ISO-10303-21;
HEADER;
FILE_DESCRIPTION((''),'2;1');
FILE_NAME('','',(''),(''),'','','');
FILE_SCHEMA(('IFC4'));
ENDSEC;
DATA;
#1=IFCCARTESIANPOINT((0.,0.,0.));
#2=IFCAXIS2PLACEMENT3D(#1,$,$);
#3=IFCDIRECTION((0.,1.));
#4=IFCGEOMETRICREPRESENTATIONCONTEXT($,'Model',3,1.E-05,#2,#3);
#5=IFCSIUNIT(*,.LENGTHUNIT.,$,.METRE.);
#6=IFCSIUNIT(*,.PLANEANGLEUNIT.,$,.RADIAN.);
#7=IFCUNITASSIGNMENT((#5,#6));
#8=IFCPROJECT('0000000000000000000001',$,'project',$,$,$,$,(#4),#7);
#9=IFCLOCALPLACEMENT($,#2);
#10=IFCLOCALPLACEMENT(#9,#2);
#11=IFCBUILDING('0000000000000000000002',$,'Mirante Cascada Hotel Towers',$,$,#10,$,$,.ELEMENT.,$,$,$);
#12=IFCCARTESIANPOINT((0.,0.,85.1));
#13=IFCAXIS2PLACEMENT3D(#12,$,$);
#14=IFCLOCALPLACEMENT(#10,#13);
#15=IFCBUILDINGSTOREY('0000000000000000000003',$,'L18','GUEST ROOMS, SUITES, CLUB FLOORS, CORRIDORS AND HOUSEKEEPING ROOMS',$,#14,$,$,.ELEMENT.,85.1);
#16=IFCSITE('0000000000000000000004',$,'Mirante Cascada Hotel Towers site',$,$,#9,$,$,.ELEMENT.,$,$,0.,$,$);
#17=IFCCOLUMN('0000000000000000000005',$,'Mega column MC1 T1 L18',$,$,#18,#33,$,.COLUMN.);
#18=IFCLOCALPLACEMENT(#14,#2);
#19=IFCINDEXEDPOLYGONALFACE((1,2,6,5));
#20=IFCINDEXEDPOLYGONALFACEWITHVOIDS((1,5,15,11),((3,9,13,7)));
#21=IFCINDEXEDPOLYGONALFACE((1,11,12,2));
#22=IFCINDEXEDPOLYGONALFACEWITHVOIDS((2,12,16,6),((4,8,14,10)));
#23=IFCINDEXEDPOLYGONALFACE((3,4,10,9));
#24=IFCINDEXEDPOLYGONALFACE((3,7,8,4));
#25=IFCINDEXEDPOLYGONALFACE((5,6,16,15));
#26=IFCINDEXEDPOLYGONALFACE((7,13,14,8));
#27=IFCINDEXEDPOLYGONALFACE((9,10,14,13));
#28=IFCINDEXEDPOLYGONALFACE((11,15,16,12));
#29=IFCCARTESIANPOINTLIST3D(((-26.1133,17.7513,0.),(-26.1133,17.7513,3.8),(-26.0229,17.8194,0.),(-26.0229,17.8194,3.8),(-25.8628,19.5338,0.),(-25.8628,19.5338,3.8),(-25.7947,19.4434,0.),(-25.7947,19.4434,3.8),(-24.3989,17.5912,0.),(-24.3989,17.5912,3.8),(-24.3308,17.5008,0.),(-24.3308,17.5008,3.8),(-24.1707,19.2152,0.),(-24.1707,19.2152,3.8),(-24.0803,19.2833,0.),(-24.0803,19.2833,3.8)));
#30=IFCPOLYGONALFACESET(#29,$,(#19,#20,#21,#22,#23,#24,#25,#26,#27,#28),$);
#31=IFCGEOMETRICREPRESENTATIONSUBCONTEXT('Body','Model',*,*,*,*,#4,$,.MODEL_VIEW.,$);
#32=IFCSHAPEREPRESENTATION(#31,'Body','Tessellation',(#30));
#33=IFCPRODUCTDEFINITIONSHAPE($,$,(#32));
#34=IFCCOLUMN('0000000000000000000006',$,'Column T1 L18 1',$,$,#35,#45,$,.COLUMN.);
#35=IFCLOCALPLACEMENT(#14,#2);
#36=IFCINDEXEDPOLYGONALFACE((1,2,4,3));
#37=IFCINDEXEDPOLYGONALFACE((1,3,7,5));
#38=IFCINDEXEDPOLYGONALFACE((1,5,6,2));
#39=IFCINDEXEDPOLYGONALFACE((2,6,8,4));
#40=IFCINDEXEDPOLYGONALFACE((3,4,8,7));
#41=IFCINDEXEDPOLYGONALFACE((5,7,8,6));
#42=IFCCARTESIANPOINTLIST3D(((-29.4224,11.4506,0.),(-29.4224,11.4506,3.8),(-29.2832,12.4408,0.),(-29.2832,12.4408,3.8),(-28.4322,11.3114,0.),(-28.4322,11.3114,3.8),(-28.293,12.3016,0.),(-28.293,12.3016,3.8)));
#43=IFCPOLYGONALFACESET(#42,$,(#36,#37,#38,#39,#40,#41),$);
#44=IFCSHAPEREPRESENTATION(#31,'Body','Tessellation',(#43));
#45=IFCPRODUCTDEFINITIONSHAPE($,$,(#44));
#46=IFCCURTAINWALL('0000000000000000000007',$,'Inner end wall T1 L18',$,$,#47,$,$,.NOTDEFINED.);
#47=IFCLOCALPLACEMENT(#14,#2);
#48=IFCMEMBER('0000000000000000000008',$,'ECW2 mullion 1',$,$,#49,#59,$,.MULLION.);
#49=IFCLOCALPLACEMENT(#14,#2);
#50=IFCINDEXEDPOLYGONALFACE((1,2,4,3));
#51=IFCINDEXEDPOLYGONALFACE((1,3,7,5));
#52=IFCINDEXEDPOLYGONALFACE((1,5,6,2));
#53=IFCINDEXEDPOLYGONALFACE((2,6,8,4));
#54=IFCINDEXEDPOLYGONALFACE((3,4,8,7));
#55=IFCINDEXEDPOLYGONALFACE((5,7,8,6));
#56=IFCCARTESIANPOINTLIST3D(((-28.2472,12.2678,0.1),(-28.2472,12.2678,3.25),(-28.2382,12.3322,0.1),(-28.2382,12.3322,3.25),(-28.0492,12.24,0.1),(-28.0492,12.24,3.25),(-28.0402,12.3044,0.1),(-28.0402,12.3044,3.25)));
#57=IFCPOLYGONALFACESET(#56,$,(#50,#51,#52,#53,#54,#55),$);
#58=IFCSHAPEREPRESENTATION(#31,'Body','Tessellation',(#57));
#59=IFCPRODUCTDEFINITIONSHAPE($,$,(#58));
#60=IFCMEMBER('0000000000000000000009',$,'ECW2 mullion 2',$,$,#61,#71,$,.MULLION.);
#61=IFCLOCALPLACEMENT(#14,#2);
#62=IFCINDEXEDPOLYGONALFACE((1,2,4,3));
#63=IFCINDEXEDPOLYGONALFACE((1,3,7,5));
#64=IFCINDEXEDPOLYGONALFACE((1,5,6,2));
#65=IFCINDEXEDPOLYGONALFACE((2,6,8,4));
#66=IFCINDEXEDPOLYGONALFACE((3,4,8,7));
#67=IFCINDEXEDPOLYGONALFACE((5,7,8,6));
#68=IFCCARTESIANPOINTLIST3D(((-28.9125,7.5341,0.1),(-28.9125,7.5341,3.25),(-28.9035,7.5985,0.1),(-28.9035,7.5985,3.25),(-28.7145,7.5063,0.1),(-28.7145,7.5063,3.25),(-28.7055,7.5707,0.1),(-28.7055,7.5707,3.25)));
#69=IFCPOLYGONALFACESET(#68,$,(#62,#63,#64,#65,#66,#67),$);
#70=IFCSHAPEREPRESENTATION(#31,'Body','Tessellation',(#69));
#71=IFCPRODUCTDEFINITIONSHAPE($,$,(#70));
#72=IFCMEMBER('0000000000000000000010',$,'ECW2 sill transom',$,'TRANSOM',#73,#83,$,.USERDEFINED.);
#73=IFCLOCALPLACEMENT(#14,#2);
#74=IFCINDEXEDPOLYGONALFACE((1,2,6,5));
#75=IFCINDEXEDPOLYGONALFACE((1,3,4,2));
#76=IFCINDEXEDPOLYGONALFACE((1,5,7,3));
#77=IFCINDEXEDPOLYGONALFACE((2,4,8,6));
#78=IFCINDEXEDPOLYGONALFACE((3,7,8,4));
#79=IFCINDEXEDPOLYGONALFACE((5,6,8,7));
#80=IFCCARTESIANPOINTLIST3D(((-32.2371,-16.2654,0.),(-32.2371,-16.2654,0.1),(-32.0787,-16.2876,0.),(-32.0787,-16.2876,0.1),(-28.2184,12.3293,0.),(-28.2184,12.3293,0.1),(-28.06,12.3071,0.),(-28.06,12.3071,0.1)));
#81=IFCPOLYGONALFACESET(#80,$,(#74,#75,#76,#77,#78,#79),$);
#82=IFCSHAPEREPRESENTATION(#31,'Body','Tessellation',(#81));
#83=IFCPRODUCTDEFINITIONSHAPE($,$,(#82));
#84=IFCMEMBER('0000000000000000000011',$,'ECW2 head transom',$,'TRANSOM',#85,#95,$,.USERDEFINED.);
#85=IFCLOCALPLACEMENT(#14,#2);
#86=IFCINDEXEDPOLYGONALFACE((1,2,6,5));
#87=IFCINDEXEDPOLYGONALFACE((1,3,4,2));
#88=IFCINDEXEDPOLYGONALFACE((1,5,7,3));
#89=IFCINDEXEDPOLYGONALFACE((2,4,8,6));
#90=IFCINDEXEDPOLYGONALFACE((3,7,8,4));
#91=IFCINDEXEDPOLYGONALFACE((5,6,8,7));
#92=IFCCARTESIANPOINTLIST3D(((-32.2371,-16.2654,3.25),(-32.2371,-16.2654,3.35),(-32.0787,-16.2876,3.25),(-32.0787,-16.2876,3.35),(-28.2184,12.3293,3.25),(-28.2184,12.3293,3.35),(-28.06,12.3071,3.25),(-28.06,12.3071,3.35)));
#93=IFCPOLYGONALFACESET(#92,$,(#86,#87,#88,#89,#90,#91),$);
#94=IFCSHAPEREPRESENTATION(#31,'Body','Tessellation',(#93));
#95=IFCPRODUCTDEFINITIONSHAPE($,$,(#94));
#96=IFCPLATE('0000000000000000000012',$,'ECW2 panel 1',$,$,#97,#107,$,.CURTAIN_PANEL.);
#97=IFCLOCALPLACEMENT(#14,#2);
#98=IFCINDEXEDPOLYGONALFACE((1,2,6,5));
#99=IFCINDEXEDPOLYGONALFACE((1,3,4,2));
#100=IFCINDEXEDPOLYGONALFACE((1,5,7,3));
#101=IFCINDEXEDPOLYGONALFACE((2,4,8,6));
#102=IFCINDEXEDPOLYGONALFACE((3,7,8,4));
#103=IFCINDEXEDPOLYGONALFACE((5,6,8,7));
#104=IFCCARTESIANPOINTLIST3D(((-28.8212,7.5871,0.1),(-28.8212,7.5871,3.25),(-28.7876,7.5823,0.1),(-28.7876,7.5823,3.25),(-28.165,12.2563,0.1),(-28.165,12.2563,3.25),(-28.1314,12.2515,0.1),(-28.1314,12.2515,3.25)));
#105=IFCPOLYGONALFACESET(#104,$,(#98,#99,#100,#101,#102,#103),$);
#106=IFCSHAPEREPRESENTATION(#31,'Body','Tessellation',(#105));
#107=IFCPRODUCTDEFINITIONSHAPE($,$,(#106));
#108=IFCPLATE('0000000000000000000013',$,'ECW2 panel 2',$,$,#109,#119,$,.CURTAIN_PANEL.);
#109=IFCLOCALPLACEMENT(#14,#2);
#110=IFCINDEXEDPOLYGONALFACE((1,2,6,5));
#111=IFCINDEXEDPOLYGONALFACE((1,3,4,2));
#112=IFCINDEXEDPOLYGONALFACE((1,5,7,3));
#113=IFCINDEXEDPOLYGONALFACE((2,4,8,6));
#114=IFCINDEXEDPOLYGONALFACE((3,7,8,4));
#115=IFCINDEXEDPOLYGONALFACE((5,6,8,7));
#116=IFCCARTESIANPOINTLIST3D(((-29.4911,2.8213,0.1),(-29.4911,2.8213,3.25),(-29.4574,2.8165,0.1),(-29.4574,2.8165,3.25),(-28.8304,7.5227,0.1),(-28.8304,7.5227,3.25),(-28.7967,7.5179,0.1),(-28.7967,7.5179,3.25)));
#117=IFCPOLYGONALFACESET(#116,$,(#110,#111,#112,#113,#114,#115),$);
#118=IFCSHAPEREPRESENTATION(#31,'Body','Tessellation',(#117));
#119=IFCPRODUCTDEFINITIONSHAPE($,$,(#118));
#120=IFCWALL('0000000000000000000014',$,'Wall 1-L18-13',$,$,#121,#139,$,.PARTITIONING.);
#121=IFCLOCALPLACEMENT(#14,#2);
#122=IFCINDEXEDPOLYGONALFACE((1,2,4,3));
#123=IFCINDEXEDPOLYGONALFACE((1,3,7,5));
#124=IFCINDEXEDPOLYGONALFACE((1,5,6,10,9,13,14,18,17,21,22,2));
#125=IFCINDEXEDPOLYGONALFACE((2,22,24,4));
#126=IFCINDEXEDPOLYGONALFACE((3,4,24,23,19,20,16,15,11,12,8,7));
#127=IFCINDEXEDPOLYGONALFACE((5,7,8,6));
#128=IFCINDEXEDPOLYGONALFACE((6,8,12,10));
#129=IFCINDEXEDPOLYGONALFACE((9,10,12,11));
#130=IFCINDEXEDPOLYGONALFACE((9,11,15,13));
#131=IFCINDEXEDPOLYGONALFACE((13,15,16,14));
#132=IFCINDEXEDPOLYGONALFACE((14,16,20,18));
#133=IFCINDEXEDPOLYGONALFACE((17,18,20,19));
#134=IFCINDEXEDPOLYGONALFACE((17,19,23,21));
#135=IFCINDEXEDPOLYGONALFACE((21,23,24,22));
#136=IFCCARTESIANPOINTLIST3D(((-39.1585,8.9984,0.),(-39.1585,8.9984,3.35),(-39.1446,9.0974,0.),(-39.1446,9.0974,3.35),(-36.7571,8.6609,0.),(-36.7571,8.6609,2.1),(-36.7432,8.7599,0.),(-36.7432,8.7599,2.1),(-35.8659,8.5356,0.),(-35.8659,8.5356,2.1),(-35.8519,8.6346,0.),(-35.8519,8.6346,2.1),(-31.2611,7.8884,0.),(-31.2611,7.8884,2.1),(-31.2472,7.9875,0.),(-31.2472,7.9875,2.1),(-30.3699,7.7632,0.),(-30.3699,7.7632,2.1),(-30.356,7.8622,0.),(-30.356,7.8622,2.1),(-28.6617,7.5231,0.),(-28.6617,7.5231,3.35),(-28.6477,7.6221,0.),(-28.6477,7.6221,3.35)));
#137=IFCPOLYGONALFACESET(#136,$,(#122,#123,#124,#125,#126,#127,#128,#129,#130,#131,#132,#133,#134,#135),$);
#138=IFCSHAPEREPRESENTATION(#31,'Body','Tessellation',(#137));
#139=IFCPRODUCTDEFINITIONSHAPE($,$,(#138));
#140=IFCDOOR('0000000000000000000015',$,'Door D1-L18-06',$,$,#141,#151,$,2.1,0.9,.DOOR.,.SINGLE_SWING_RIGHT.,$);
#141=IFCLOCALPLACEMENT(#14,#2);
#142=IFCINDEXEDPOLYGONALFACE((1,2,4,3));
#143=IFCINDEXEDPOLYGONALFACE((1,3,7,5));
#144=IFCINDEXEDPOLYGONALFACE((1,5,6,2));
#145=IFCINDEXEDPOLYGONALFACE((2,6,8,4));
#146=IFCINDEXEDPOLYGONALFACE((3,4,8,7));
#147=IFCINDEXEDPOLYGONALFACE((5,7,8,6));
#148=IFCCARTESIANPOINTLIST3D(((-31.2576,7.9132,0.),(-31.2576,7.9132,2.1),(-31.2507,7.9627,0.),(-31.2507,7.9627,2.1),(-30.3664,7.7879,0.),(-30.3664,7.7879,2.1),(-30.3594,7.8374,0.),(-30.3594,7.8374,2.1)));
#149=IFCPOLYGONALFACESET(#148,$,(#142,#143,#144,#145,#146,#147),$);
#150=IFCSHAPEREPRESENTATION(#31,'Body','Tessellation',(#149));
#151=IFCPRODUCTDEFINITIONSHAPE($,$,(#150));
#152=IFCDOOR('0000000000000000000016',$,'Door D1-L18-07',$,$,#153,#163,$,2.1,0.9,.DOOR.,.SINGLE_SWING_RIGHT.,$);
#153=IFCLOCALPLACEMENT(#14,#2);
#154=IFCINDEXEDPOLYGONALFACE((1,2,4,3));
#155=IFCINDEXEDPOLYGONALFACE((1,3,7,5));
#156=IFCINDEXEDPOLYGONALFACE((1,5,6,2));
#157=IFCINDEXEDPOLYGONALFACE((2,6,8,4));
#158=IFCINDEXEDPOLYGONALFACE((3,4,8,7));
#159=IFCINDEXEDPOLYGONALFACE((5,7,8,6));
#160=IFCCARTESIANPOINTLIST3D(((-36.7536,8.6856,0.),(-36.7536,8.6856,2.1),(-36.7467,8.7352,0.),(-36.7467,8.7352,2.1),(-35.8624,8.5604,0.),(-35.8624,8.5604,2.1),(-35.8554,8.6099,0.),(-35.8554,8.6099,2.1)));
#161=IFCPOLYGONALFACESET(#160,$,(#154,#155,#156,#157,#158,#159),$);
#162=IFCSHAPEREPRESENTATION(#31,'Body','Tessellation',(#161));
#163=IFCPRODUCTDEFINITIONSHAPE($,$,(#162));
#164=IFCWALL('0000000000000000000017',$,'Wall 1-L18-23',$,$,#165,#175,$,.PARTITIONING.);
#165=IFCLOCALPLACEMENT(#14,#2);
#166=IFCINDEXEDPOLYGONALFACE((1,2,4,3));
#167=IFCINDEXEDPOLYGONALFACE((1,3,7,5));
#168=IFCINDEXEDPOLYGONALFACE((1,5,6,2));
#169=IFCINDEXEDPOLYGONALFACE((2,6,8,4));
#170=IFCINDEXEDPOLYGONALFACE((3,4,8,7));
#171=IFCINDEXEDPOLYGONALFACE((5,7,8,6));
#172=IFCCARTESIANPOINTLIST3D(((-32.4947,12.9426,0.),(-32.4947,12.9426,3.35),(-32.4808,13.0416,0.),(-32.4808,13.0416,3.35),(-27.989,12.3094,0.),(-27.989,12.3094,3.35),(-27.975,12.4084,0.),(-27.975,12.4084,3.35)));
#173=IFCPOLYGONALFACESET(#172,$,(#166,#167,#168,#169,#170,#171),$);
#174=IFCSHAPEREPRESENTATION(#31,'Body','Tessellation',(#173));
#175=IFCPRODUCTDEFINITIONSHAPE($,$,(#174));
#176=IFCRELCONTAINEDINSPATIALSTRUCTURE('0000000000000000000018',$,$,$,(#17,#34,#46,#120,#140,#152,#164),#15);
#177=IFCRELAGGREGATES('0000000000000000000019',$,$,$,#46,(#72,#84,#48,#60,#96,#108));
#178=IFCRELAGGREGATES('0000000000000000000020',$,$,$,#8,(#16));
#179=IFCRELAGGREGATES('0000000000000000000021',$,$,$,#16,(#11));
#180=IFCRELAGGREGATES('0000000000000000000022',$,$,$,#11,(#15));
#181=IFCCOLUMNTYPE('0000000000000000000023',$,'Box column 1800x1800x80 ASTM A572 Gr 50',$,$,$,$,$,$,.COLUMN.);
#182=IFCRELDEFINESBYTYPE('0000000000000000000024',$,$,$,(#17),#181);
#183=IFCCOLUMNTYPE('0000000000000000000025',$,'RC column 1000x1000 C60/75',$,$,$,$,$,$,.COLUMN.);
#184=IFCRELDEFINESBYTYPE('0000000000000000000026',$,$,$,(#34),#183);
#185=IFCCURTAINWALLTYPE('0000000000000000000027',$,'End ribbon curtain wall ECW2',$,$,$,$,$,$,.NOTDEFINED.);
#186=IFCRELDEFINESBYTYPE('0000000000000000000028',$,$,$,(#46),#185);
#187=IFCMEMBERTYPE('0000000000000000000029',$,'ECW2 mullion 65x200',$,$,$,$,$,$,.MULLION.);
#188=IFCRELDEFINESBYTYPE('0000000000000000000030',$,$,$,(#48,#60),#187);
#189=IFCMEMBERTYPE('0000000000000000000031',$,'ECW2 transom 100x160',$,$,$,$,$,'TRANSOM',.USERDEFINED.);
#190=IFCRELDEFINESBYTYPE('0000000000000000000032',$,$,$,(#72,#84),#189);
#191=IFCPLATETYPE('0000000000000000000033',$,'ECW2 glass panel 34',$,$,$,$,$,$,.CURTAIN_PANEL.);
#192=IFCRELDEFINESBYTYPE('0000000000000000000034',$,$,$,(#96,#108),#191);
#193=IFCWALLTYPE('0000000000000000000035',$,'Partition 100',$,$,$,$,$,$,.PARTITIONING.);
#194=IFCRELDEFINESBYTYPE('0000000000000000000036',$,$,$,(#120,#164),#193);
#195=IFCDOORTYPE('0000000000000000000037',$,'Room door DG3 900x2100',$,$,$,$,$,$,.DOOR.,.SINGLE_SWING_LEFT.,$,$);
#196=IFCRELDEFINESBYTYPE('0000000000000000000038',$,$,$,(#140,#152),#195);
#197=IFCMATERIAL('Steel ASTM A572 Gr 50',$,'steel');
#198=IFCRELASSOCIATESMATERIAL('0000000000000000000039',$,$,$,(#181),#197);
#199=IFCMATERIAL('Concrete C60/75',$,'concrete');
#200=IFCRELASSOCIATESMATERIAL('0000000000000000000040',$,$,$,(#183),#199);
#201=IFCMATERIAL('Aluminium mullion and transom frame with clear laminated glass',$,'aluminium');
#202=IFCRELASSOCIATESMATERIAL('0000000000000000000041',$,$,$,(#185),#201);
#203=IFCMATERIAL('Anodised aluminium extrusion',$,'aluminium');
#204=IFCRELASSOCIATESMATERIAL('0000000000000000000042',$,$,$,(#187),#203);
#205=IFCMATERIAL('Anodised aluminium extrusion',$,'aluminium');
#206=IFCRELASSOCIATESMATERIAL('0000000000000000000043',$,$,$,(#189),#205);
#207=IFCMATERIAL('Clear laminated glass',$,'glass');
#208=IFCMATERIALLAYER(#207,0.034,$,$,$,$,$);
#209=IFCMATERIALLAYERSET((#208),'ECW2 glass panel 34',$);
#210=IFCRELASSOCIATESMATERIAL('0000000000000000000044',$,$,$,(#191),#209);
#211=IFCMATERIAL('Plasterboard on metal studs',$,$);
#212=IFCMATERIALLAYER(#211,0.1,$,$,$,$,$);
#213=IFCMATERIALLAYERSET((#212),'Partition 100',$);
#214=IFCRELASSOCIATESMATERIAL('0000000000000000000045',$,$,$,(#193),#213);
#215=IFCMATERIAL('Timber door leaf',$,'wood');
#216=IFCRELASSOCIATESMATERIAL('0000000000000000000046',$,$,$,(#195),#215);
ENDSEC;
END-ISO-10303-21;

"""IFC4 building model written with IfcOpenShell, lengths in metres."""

from ifc_helpers import new_model, si_unit, direction, frame, frame_2d, origin, origin_2d, place, context, subcontext, project, spatial, rectangle, hollow_rectangle, extrude, material, layer, layer_set, material_profile, profile_set, type_object, element, fill, aggregate, save


model = new_model("IFC4")

# Units and contexts
model_context = context("Model", 3, precision=1e-05, world=origin(), true_north=direction((0.0, 1.0)))
body_context = subcontext(model_context, "Body", "Model", "MODEL_VIEW")
ifc_project = project(units=[si_unit("LENGTHUNIT", "METRE"), si_unit("PLANEANGLEUNIT", "RADIAN")], contexts=[model_context])

# Site, building, storey
site_placement = place(None, origin())
site = spatial("IfcSite", under=ifc_project, at=site_placement, Name="Mirante Cascada Hotel Towers site", CompositionType="ELEMENT", RefElevation=0.0)
building_placement = place(site_placement, origin())
building = spatial("IfcBuilding", under=site, at=building_placement, Name="Mirante Cascada Hotel Towers", CompositionType="ELEMENT")
storey_placement = place(building_placement, frame((0.0, 0.0, 85.1)))
storey = spatial("IfcBuildingStorey", under=building, at=storey_placement, Name="L18", Description="GUEST ROOMS, SUITES, CLUB FLOORS, CORRIDORS AND HOUSEKEEPING ROOMS", CompositionType="ELEMENT", Elevation=85.1)

# Columns
ifc_material_1 = material(Name="Steel ASTM A572 Gr 50", Category="steel")
ifc_material_profile_1 = material_profile(ifc_material_1, hollow_rectangle(XDim=1.8, YDim=1.8, WallThickness=0.08, at=origin_2d()), Name="Box column 1800x1800x80 ASTM A572 Gr 50")
ifc_profile_set_1 = profile_set([ifc_material_profile_1], Name="Steel ASTM A572 Gr 50")
column_type_1 = type_object("IfcColumnType", Name="Box column 1800x1800x80 ASTM A572 Gr 50", PredefinedType="COLUMN", material=ifc_profile_set_1)
column_1_placement = place(storey_placement, frame((-25.0968, 18.5173, 0.0), z_axis=(0.0, 0.0, 1.0), x_axis=(-0.990268, 0.139173, 0.0)))
element("IfcColumn", 1, at=column_1_placement, inside=storey, type_object=column_type_1, Name="Mega column MC1 T1 L18", PredefinedType="COLUMN", context=body_context, shape_type="SweptSolid", body=[
    extrude(hollow_rectangle(XDim=1.8, YDim=1.8, WallThickness=0.08, at=origin_2d()), origin(), (0.0, 0.0, 1.0), 3.8),
])
ifc_material_2 = material(Name="Concrete C60/75", Category="concrete")
ifc_material_profile_2 = material_profile(ifc_material_2, rectangle(XDim=1.0, YDim=1.0, at=origin_2d()), Name="RC column 1000x1000 C60/75")
ifc_profile_set_2 = profile_set([ifc_material_profile_2], Name="Concrete C60/75")
column_type_2 = type_object("IfcColumnType", Name="RC column 1000x1000 C60/75", PredefinedType="COLUMN", material=ifc_profile_set_2)
column_2_placement = place(storey_placement, frame((-28.8577, 11.8761, 0.0), z_axis=(0.0, 0.0, 1.0), x_axis=(-0.990268, 0.139173, 0.0)))
element("IfcColumn", 2, at=column_2_placement, inside=storey, type_object=column_type_2, Name="Column T1 L18 1", PredefinedType="COLUMN", context=body_context, shape_type="SweptSolid", body=[
    extrude(rectangle(XDim=1.0, YDim=1.0, at=origin_2d()), origin(), (0.0, 0.0, 1.0), 3.8),
])

# Curtain wall, members, plates
ifc_material_3 = material(Name="Aluminium mullion and transom frame with clear laminated glass", Category="aluminium")
curtain_wall_type = type_object("IfcCurtainWallType", Name="End ribbon curtain wall ECW2", PredefinedType="NOTDEFINED", material=ifc_material_3)
curtain_wall_placement = place(storey_placement, origin())
curtain_wall = element("IfcCurtainWall", 3, at=curtain_wall_placement, inside=storey, type_object=curtain_wall_type, Name="Inner end wall T1 L18", PredefinedType="NOTDEFINED")
ifc_material_4 = material(Name="Anodised aluminium extrusion", Category="aluminium")
ifc_material_profile_3 = material_profile(ifc_material_4, rectangle(XDim=0.2, YDim=0.065, at=origin_2d()), Name="ECW2 MULLION 65x200")
ifc_profile_set_3 = profile_set([ifc_material_profile_3], Name="Anodised aluminium extrusion")
member_type_1 = type_object("IfcMemberType", Name="ECW2 mullion 65x200", PredefinedType="MULLION", material=ifc_profile_set_3)
member_1_placement = place(storey_placement, frame((-28.1437, 12.2861, 0.1), z_axis=(0.0, 0.0, 1.0), x_axis=(0.990268, -0.139173, 0.0)))
member_1 = element("IfcMember", 4, at=member_1_placement, type_object=member_type_1, Name="ECW2 mullion 1", PredefinedType="MULLION", context=body_context, shape_type="SweptSolid", body=[
    extrude(rectangle(XDim=0.2, YDim=0.065, at=origin_2d()), origin(), (0.0, 0.0, 1.0), 3.15),
])
member_2_placement = place(storey_placement, frame((-28.809, 7.5524, 0.1), z_axis=(0.0, 0.0, 1.0), x_axis=(0.990268, -0.139173, 0.0)))
member_2 = element("IfcMember", 5, at=member_2_placement, type_object=member_type_1, Name="ECW2 mullion 2", PredefinedType="MULLION", context=body_context, shape_type="SweptSolid", body=[
    extrude(rectangle(XDim=0.2, YDim=0.065, at=origin_2d()), origin(), (0.0, 0.0, 1.0), 3.15),
])
ifc_material_5 = material(Name="Anodised aluminium extrusion", Category="aluminium")
ifc_material_profile_4 = material_profile(ifc_material_5, rectangle(XDim=0.16, YDim=0.1, at=origin_2d()), Name="ECW2 TRANSOM 100x160")
ifc_profile_set_4 = profile_set([ifc_material_profile_4], Name="Anodised aluminium extrusion")
member_type_2 = type_object("IfcMemberType", Name="ECW2 transom 100x160", ElementType="TRANSOM", PredefinedType="USERDEFINED", material=ifc_profile_set_4)
member_3_placement = place(storey_placement, frame((-28.1392, 12.3182, 0.05), z_axis=(-0.139172, -0.990268, 0.0), x_axis=(0.990268, -0.139172, 0.0)))
member_3 = element("IfcMember", 6, at=member_3_placement, type_object=member_type_2, Name="ECW2 sill transom", ObjectType="TRANSOM", PredefinedType="USERDEFINED", context=body_context, shape_type="SweptSolid", body=[
    extrude(rectangle(XDim=0.16, YDim=0.1, at=origin_2d()), origin(), (0.0, 0.0, 1.0), 28.8757),
])
member_4_placement = place(storey_placement, frame((-28.1392, 12.3182, 3.3), z_axis=(-0.139172, -0.990268, 0.0), x_axis=(0.990268, -0.139172, 0.0)))
member_4 = element("IfcMember", 7, at=member_4_placement, type_object=member_type_2, Name="ECW2 head transom", ObjectType="TRANSOM", PredefinedType="USERDEFINED", context=body_context, shape_type="SweptSolid", body=[
    extrude(rectangle(XDim=0.16, YDim=0.1, at=origin_2d()), origin(), (0.0, 0.0, 1.0), 28.8757),
])
ifc_material_6 = material(Name="Clear laminated glass", Category="glass")
ifc_layer_1 = layer(ifc_material_6, 0.034)
ifc_layer_set_1 = layer_set([ifc_layer_1], Name="ECW2 glass panel 34")
plate_type = type_object("IfcPlateType", Name="ECW2 glass panel 34", PredefinedType="CURTAIN_PANEL", material=ifc_layer_set_1)
plate_1_placement = place(storey_placement, frame((-28.4763, 9.9193, 0.1), z_axis=(0.0, 0.0, 1.0), x_axis=(-0.139173, -0.990268, 0.0)))
plate_1 = element("IfcPlate", 8, at=plate_1_placement, type_object=plate_type, Name="ECW2 panel 1", PredefinedType="CURTAIN_PANEL", context=body_context, shape_type="SweptSolid", body=[
    extrude(rectangle(XDim=4.7151, YDim=0.034, at=origin_2d()), origin(), (0.0, 0.0, 1.0), 3.15),
])
plate_2_placement = place(storey_placement, frame((-29.1439, 5.1696, 0.1), z_axis=(0.0, 0.0, 1.0), x_axis=(-0.139173, -0.990268, 0.0)))
plate_2 = element("IfcPlate", 9, at=plate_2_placement, type_object=plate_type, Name="ECW2 panel 2", PredefinedType="CURTAIN_PANEL", context=body_context, shape_type="SweptSolid", body=[
    extrude(rectangle(XDim=4.7476, YDim=0.034, at=origin_2d()), origin(), (0.0, 0.0, 1.0), 3.15),
])
aggregate(curtain_wall, [member_3, member_4, member_1, member_2, plate_1, plate_2])

# Wall, openings, doors
ifc_material_7 = material(Name="Plasterboard on metal studs")
ifc_layer_2 = layer(ifc_material_7, 0.1)
ifc_layer_set_2 = layer_set([ifc_layer_2], Name="Partition 100")
wall_type = type_object("IfcWallType", Name="Partition 100", PredefinedType="PARTITIONING", material=ifc_layer_set_2)
wall_1_placement = place(storey_placement, frame((-28.6547, 7.5726, 0.0), z_axis=(0.0, 0.0, 1.0), x_axis=(-0.990267, 0.13918, 0.0)))
wall_1 = element("IfcWall", 10, at=wall_1_placement, inside=storey, type_object=wall_type, Name="Wall 1-L18-13", PredefinedType="PARTITIONING", context=body_context, shape_type="SweptSolid", body=[
    extrude(rectangle(XDim=10.6, YDim=0.1, at=frame_2d((5.3, 0.0))), origin(), (0.0, 0.0, 1.0), 3.35),
])
opening_1_placement = place(wall_1_placement, frame((1.725, 0.0, 0.0)))
opening_1 = element("IfcOpeningElement", 11, at=opening_1_placement, cuts=wall_1, PredefinedType="OPENING", context=body_context, shape_type="SweptSolid", body=[
    extrude(rectangle(XDim=0.9, YDim=2.1, at=frame_2d((0.45, 1.05))), frame((0.0, 0.05, 0.0), z_axis=(0.0, -1.0, 0.0), x_axis=(1.0, 0.0, 0.0)), (0.0, 0.0, 1.0), 0.1),
])
opening_2_placement = place(wall_1_placement, frame((7.275, 0.0, 0.0)))
opening_2 = element("IfcOpeningElement", 12, at=opening_2_placement, cuts=wall_1, PredefinedType="OPENING", context=body_context, shape_type="SweptSolid", body=[
    extrude(rectangle(XDim=0.9, YDim=2.1, at=frame_2d((0.45, 1.05))), frame((0.0, 0.05, 0.0), z_axis=(0.0, -1.0, 0.0), x_axis=(1.0, 0.0, 0.0)), (0.0, 0.0, 1.0), 0.1),
])
ifc_material_8 = material(Name="Timber door leaf", Category="wood")
door_type = type_object("IfcDoorType", Name="Room door DG3 900x2100", OperationType="SINGLE_SWING_LEFT", PredefinedType="DOOR", material=ifc_material_8)
door_1_placement = place(opening_1_placement, frame((0.9, 0.0, 0.0), z_axis=(0.0, 0.0, 1.0), x_axis=(-1.0, 0.0, 0.0)))
door_1 = element("IfcDoor", 13, at=door_1_placement, inside=storey, type_object=door_type, Name="Door D1-L18-06", OperationType="SINGLE_SWING_RIGHT", OverallHeight=2.1, OverallWidth=0.9, PredefinedType="DOOR", context=body_context, shape_type="SweptSolid", body=[
    extrude(rectangle(XDim=0.9, YDim=2.1, at=frame_2d((0.45, 1.05))), frame((0.0, 0.025, 0.0), z_axis=(0.0, -1.0, 0.0), x_axis=(1.0, 0.0, 0.0)), (0.0, 0.0, 1.0), 0.05),
])
fill(opening_1, door_1)
door_2_placement = place(opening_2_placement, frame((0.9, 0.0, 0.0), z_axis=(0.0, 0.0, 1.0), x_axis=(-1.0, 0.0, 0.0)))
door_2 = element("IfcDoor", 14, at=door_2_placement, inside=storey, type_object=door_type, Name="Door D1-L18-07", OperationType="SINGLE_SWING_RIGHT", OverallHeight=2.1, OverallWidth=0.9, PredefinedType="DOOR", context=body_context, shape_type="SweptSolid", body=[
    extrude(rectangle(XDim=0.9, YDim=2.1, at=frame_2d((0.45, 1.05))), frame((0.0, 0.025, 0.0), z_axis=(0.0, -1.0, 0.0), x_axis=(1.0, 0.0, 0.0)), (0.0, 0.0, 1.0), 0.05),
])
fill(opening_2, door_2)

# Wall
wall_2_placement = place(storey_placement, frame((-27.982, 12.3589, 0.0), z_axis=(0.0, 0.0, 1.0), x_axis=(-0.990269, 0.139166, 0.0)))
element("IfcWall", 15, at=wall_2_placement, inside=storey, type_object=wall_type, Name="Wall 1-L18-23", PredefinedType="PARTITIONING", context=body_context, shape_type="SweptSolid", body=[
    extrude(rectangle(XDim=4.55, YDim=0.1, at=frame_2d((2.275, 0.0))), origin(), (0.0, 0.0, 1.0), 3.35),
])

save(model, "model.ifc")
